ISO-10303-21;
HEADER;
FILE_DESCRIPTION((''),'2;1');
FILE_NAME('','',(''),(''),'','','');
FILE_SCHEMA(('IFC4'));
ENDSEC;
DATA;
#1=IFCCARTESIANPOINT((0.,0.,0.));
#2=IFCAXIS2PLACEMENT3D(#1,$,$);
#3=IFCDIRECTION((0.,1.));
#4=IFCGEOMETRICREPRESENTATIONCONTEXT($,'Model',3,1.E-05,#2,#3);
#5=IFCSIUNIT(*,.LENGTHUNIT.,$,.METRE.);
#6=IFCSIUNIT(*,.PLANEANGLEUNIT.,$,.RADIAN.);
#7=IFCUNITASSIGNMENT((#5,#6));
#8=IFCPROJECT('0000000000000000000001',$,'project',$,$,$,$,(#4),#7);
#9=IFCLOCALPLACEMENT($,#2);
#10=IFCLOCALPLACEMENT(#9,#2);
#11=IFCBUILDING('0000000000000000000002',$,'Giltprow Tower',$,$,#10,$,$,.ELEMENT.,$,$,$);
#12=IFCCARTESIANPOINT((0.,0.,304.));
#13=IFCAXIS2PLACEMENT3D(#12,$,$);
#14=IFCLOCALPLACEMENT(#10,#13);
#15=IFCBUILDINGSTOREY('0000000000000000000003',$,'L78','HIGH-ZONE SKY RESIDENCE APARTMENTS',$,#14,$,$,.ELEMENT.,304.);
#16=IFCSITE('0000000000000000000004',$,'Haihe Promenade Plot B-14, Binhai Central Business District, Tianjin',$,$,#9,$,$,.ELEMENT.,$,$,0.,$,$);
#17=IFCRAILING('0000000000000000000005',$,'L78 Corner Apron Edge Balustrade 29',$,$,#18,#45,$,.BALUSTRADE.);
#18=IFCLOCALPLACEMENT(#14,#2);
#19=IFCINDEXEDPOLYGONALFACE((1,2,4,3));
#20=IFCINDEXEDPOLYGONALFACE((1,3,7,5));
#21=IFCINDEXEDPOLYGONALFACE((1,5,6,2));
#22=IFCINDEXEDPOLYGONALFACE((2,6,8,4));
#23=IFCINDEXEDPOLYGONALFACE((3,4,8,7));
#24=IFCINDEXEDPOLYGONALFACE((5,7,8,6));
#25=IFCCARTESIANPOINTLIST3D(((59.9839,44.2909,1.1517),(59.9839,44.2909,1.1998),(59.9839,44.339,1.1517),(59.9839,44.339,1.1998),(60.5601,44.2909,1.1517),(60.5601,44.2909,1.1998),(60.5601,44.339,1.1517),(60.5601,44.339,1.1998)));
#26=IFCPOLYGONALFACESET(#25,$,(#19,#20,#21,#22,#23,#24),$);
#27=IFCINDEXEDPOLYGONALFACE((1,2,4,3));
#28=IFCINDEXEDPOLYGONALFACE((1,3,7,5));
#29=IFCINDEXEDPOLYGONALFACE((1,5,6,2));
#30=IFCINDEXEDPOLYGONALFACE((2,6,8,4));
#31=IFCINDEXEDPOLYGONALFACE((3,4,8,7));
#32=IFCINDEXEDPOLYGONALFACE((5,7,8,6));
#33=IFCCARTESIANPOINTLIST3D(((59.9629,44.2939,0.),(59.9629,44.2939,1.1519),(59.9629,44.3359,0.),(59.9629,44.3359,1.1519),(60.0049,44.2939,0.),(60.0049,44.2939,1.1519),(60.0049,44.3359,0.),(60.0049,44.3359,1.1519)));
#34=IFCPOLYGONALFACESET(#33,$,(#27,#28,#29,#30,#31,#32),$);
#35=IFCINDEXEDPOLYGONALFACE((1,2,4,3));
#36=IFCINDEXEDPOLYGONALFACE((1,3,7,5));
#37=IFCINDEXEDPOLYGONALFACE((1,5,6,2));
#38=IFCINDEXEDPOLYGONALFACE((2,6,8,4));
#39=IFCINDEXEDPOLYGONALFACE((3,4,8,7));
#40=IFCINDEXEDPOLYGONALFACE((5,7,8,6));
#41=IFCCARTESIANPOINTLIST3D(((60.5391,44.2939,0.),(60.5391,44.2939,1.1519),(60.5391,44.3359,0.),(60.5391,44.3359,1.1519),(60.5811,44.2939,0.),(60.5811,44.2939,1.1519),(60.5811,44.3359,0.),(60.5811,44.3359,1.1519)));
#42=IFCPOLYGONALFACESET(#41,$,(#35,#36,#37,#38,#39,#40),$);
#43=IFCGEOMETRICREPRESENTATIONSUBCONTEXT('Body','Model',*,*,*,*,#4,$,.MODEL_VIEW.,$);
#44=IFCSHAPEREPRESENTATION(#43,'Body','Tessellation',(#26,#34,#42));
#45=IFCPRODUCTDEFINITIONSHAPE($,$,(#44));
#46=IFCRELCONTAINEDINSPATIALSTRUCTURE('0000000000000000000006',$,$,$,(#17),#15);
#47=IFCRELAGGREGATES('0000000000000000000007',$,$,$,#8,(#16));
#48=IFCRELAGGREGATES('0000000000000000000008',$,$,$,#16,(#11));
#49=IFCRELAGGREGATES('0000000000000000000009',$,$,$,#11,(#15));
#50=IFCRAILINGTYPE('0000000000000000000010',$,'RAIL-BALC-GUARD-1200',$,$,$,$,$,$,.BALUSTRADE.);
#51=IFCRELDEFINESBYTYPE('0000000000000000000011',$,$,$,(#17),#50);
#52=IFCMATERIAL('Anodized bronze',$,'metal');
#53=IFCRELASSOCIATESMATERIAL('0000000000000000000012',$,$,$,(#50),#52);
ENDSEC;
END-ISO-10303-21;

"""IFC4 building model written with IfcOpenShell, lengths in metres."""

from ifc_helpers import new_model, si_unit, direction, frame, origin, origin_2d, place, context, subcontext, project, spatial, rectangle, extrude, material, type_object, element, save


model = new_model("IFC4")

# Units and contexts
model_context = context("Model", 3, precision=1e-05, world=origin(), true_north=direction((0.0, 1.0)))
body_context = subcontext(model_context, "Body", "Model", "MODEL_VIEW")
ifc_project = project(units=[si_unit("LENGTHUNIT", "METRE"), si_unit("PLANEANGLEUNIT", "RADIAN")], contexts=[model_context])

# Site, building, storey
site_placement = place(None, origin())
site = spatial("IfcSite", under=ifc_project, at=site_placement, Name="Haihe Promenade Plot B-14, Binhai Central Business District, Tianjin", CompositionType="ELEMENT", RefElevation=0.0)
building_placement = place(site_placement, origin())
building = spatial("IfcBuilding", under=site, at=building_placement, Name="Giltprow Tower", CompositionType="ELEMENT")
storey_placement = place(building_placement, frame((0.0, 0.0, 304.0)))
storey = spatial("IfcBuildingStorey", under=building, at=storey_placement, Name="L78", Description="HIGH-ZONE SKY RESIDENCE APARTMENTS", CompositionType="ELEMENT", Elevation=304.0)

# Railing
ifc_material_1 = material(Name="Anodized bronze", Category="metal")
railing_type = type_object("IfcRailingType", Name="RAIL-BALC-GUARD-1200", PredefinedType="BALUSTRADE", material=ifc_material_1)
railing_1_placement = place(storey_placement, frame((59.9839, 44.3149, 0.0)))
element("IfcRailing", 1, at=railing_1_placement, inside=storey, type_object=railing_type, Name="L78 Corner Apron Edge Balustrade 29", PredefinedType="BALUSTRADE", context=body_context, shape_type="SweptSolid", body=[
    extrude(rectangle(XDim=0.0481, YDim=0.0481, at=origin_2d()), frame((0.0, 0.0, 1.1758), z_axis=(1.0, 0.0, 0.0), x_axis=(0.0, 1.0, 0.0)), (0.0, 0.0, 1.0), 0.5762),
    extrude(rectangle(XDim=0.042, YDim=0.042, at=origin_2d()), origin(), (0.0, 0.0, 1.0), 1.1519),
    extrude(rectangle(XDim=0.042, YDim=0.042, at=origin_2d()), frame((0.5762, 0.0, 0.0)), (0.0, 0.0, 1.0), 1.1519),
])

save(model, "model.ifc")
